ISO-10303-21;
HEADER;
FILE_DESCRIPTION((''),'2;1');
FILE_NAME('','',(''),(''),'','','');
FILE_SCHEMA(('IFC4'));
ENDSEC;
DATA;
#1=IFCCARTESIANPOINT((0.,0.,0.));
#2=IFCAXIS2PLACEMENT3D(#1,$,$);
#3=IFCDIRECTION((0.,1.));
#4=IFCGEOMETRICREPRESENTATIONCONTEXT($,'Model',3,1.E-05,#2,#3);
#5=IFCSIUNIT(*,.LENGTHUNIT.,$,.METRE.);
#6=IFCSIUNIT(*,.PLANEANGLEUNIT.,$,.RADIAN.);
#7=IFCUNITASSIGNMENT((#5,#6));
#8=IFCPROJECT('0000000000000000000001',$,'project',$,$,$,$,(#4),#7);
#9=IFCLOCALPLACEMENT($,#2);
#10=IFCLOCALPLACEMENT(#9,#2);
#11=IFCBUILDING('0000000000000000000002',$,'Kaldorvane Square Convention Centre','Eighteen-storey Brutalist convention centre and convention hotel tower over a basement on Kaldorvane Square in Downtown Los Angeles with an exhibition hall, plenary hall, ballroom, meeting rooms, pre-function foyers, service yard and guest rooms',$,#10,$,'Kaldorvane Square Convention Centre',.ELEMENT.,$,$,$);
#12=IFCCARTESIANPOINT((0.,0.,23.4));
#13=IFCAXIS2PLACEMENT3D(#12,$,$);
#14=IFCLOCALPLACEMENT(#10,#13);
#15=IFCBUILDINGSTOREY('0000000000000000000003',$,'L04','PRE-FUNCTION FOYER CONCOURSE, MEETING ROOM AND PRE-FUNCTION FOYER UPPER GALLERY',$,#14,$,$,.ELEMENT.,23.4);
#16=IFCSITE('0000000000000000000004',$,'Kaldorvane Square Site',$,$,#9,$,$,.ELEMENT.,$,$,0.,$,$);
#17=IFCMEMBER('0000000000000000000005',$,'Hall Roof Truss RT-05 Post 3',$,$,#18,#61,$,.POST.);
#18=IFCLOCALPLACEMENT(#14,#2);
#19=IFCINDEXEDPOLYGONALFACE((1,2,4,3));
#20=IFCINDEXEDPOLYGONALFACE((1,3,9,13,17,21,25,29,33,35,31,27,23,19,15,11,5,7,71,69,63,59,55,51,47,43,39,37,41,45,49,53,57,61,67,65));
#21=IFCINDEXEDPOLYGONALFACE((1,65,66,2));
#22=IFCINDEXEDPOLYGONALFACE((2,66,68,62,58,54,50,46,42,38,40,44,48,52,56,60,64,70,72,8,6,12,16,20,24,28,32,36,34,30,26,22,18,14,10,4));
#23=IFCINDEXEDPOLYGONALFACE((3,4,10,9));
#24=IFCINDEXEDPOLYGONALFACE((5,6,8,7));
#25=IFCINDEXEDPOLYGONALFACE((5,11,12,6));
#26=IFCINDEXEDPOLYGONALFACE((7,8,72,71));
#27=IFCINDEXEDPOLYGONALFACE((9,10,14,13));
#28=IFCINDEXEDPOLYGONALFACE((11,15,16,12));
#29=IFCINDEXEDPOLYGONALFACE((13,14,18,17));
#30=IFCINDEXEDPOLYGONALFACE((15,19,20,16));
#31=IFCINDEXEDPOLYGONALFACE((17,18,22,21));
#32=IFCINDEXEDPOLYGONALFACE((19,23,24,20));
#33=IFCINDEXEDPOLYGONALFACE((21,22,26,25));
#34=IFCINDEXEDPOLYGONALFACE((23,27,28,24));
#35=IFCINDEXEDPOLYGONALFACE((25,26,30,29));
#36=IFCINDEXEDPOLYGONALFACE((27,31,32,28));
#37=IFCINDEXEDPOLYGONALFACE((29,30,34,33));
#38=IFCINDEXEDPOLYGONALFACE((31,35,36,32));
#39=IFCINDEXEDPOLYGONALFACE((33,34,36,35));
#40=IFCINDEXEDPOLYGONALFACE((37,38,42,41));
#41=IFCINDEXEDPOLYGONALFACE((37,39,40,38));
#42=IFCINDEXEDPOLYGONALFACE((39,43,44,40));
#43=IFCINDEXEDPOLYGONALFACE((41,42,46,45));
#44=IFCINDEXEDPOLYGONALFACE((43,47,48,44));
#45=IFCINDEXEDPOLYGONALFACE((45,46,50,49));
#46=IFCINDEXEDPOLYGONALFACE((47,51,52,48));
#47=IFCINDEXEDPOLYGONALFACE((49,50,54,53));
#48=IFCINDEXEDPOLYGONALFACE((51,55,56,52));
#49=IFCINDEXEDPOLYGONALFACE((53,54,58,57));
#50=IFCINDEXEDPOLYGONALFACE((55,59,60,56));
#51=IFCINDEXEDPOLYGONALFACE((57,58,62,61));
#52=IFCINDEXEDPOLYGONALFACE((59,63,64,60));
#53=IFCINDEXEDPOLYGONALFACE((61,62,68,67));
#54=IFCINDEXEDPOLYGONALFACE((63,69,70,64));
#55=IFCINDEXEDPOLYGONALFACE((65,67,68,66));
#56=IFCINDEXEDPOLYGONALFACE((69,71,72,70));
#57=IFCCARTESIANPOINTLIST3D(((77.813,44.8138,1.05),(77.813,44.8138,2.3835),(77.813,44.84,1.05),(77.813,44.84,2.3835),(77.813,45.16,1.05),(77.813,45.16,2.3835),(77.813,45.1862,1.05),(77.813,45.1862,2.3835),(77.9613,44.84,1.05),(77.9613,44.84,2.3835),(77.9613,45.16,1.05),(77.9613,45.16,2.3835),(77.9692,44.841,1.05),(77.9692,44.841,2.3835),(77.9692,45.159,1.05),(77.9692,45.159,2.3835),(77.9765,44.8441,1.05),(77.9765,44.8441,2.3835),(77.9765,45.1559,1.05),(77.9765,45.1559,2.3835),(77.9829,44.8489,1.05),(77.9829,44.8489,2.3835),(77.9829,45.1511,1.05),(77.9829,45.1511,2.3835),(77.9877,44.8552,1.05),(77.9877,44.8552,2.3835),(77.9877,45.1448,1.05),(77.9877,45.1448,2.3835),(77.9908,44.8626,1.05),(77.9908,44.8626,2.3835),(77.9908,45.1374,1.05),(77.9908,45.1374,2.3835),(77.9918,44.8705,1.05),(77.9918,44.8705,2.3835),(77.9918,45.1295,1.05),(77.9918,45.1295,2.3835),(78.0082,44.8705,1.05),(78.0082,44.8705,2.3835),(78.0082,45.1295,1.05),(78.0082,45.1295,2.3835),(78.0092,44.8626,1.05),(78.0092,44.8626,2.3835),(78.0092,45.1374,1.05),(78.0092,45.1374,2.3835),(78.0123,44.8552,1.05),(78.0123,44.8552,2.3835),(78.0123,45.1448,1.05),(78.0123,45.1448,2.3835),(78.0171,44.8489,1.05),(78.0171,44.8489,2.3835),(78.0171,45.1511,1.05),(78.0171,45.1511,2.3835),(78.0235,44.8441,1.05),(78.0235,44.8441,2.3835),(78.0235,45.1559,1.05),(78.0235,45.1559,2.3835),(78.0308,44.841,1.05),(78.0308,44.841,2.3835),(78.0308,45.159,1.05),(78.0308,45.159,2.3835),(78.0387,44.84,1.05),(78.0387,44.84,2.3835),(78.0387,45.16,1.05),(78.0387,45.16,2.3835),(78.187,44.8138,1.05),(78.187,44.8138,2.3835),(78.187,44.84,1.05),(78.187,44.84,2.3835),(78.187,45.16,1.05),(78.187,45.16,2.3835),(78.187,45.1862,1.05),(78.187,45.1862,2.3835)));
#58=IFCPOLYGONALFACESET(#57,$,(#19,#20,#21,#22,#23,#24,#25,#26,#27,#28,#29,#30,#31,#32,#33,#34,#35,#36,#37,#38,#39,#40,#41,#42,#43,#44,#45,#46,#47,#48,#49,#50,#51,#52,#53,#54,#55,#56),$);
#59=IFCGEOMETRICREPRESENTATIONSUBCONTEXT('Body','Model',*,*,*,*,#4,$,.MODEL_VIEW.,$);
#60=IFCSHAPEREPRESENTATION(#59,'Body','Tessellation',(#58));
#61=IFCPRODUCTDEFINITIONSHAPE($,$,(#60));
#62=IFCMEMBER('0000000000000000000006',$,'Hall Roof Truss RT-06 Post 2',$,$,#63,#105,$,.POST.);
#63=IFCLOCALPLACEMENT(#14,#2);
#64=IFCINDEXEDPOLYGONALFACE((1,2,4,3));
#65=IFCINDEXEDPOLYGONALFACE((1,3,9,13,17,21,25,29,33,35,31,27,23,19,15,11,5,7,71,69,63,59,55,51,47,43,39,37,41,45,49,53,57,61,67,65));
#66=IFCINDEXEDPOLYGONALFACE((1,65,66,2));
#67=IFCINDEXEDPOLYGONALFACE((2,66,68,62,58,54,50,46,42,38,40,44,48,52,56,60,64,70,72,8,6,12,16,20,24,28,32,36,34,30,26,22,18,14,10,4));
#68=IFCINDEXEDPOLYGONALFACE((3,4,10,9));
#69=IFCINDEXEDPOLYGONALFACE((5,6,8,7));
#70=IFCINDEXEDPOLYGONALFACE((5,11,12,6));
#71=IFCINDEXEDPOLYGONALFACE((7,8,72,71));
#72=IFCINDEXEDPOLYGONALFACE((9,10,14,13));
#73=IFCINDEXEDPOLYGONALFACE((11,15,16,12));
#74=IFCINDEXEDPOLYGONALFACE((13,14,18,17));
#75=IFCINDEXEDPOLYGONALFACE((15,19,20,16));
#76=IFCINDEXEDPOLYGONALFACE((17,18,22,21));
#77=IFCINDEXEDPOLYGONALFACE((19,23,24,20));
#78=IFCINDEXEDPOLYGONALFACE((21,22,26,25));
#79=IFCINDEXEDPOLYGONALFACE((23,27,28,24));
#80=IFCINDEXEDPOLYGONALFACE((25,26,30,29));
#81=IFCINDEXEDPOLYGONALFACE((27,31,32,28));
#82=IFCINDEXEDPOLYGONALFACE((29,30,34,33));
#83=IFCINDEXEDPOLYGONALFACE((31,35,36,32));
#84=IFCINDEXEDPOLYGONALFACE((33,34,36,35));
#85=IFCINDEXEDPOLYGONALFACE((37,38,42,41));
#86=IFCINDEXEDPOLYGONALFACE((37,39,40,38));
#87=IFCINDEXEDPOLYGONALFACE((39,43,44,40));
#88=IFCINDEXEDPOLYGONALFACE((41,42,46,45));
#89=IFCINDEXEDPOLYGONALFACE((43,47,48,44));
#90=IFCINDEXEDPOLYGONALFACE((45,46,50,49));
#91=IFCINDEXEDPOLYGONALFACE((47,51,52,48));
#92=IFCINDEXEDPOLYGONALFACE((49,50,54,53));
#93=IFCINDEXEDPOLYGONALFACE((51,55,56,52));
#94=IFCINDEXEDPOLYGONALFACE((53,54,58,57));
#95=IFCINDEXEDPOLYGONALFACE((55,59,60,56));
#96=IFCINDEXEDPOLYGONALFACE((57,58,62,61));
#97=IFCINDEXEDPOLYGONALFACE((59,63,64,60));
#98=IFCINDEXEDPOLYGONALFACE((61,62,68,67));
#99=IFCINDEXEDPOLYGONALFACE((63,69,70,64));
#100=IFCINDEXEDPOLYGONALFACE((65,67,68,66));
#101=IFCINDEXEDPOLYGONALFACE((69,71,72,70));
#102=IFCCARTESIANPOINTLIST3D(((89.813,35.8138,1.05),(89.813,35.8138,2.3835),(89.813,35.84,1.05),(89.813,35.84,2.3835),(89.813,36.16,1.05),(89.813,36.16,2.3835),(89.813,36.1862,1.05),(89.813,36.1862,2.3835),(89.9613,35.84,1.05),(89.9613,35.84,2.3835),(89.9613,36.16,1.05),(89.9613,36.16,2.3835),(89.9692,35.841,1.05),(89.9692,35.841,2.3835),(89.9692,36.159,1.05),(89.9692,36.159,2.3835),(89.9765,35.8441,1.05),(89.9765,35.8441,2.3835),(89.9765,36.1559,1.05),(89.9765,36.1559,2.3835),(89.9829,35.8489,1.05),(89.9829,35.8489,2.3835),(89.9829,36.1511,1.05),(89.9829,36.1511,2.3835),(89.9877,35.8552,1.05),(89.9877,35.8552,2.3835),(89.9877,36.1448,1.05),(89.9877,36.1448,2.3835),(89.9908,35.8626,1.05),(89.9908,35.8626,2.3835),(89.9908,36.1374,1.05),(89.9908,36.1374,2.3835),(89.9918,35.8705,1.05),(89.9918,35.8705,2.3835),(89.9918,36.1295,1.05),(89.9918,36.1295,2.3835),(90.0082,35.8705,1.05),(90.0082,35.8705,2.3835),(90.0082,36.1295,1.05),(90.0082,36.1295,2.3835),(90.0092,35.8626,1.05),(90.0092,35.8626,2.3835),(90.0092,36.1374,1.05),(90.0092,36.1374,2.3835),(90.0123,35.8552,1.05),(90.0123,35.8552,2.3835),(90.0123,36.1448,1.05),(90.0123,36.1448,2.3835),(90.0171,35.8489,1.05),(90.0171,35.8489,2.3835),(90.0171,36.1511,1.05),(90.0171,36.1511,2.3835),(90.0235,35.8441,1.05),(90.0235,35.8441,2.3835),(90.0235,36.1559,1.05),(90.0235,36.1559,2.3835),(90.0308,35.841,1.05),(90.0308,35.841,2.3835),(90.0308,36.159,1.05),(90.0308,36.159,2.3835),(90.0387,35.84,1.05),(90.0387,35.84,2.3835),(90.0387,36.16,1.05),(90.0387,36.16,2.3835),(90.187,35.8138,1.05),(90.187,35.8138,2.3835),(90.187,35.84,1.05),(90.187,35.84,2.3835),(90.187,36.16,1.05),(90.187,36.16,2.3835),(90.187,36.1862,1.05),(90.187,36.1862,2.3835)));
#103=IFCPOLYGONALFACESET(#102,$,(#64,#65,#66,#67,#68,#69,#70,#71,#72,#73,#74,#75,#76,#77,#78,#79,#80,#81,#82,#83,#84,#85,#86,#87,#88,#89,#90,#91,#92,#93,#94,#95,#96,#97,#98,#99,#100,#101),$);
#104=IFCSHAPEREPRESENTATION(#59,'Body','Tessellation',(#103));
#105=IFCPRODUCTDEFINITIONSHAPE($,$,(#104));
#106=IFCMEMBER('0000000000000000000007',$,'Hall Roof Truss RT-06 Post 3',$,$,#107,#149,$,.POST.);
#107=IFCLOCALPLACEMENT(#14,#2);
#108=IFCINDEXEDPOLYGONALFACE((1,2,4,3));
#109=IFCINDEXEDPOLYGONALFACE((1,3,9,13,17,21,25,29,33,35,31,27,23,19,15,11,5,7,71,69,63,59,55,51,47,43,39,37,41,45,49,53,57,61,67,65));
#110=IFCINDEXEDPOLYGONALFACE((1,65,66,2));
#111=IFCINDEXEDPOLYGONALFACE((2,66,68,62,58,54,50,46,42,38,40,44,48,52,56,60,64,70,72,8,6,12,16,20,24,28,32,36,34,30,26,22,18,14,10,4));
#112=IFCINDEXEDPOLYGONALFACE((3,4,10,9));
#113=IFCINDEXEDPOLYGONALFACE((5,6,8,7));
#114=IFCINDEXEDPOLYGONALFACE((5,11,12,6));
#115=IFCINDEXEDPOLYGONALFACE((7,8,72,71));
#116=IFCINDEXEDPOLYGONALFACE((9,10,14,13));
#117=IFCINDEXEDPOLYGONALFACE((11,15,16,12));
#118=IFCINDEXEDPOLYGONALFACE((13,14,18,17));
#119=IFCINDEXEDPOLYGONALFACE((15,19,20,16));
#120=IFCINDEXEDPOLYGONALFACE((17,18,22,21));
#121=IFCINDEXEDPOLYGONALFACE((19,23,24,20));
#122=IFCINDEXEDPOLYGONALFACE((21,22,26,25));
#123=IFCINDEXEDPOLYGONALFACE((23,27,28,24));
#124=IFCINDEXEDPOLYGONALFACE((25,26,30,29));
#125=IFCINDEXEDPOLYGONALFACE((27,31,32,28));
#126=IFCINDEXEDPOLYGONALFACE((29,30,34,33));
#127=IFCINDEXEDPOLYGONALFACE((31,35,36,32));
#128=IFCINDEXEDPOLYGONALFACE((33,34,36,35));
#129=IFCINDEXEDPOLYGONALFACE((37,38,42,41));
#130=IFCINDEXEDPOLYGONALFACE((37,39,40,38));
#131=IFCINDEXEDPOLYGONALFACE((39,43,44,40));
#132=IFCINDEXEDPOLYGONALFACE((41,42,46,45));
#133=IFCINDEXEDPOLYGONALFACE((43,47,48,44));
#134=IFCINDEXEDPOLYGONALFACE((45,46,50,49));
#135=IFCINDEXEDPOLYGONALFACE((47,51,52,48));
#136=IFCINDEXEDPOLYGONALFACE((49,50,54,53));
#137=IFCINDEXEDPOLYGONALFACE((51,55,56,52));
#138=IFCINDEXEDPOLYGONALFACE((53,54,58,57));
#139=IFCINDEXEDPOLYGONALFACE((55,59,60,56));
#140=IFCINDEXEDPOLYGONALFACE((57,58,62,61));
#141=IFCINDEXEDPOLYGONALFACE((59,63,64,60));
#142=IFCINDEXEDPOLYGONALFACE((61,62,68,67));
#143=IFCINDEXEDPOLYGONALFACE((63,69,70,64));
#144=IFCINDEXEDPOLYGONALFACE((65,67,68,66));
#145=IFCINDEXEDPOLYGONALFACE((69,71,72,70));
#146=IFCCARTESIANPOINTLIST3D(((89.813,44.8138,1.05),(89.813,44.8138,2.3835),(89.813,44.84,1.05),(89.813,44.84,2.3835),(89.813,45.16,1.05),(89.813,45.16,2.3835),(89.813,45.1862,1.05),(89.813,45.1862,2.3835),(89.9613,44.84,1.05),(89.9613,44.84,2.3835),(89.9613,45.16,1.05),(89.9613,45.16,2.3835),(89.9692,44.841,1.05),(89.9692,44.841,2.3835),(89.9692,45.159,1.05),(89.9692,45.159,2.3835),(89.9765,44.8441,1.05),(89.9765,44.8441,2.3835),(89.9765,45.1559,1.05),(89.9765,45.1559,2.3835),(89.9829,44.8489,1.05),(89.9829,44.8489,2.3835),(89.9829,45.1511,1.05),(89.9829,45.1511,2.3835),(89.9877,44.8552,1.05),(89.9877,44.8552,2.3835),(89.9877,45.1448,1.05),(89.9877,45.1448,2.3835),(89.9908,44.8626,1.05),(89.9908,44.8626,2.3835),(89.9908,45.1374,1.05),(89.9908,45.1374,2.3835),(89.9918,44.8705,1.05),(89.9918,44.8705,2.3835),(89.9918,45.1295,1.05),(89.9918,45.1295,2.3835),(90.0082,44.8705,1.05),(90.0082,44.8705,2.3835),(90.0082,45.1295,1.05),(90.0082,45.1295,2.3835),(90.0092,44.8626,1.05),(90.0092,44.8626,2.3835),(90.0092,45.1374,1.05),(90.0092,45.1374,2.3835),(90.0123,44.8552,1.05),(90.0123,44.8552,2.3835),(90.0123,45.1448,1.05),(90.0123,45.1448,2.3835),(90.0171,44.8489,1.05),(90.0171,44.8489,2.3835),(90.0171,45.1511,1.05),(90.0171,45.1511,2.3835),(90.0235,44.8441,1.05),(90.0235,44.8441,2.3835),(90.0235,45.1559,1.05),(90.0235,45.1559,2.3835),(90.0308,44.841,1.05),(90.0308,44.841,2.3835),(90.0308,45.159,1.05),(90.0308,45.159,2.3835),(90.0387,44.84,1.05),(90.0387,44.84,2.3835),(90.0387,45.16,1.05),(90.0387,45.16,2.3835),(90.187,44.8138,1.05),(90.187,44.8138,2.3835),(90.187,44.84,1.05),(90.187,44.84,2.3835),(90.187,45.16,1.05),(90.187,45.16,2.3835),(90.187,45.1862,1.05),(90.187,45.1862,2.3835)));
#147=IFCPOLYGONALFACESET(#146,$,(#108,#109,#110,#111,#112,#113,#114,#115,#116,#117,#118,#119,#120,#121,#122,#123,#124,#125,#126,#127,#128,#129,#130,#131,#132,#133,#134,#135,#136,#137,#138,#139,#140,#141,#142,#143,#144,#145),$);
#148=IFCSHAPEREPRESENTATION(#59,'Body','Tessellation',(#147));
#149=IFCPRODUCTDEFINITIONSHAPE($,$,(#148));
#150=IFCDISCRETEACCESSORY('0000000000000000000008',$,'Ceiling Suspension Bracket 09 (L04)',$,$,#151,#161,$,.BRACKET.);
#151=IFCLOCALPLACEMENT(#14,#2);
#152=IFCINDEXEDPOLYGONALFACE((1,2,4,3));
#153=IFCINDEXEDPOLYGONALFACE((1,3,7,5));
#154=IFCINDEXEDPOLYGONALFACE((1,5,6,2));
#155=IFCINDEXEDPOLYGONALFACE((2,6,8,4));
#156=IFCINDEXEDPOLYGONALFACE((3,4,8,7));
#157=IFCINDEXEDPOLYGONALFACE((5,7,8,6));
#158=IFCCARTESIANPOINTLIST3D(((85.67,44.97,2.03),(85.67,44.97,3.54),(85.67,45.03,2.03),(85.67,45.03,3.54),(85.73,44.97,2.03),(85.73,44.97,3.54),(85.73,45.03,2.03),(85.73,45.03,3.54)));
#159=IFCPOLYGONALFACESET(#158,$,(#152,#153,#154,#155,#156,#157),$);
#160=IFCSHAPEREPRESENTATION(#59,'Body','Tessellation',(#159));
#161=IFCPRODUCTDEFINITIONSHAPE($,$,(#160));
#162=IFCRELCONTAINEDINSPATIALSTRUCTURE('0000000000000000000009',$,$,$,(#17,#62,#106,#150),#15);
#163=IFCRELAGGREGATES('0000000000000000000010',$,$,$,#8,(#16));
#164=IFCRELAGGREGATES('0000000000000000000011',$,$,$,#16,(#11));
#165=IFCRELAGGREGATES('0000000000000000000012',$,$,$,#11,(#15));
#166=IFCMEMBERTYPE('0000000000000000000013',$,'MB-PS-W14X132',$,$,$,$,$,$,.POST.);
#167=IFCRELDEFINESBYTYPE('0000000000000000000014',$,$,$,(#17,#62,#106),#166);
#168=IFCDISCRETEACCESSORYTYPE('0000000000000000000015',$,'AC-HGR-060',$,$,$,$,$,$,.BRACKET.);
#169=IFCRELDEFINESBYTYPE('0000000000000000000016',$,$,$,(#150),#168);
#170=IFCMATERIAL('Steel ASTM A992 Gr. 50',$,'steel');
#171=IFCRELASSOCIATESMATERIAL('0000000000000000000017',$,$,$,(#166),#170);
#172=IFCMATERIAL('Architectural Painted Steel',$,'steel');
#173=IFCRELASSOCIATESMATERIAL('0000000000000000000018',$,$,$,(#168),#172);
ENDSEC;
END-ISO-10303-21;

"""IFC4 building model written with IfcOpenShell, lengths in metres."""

from ifc_helpers import new_model, si_unit, direction, frame, origin, origin_2d, place, context, subcontext, project, spatial, rectangle, i_section, extrude, material, material_profile, profile_set, type_object, element, save


model = new_model("IFC4")

# Units and contexts
model_context = context("Model", 3, precision=1e-05, world=origin(), true_north=direction((0.0, 1.0)))
body_context = subcontext(model_context, "Body", "Model", "MODEL_VIEW")
ifc_project = project(units=[si_unit("LENGTHUNIT", "METRE"), si_unit("PLANEANGLEUNIT", "RADIAN")], contexts=[model_context])

# Site, building, storey
site_placement = place(None, origin())
site = spatial("IfcSite", under=ifc_project, at=site_placement, Name="Kaldorvane Square Site", CompositionType="ELEMENT", RefElevation=0.0)
building_placement = place(site_placement, origin())
building = spatial("IfcBuilding", under=site, at=building_placement, Name="Kaldorvane Square Convention Centre", Description="Eighteen-storey Brutalist convention centre and convention hotel tower over a basement on Kaldorvane Square in Downtown Los Angeles with an exhibition hall, plenary hall, ballroom, meeting rooms, pre-function foyers, service yard and guest rooms", LongName="Kaldorvane Square Convention Centre", CompositionType="ELEMENT")
storey_placement = place(building_placement, frame((0.0, 0.0, 23.4)))
storey = spatial("IfcBuildingStorey", under=building, at=storey_placement, Name="L04", Description="PRE-FUNCTION FOYER CONCOURSE, MEETING ROOM AND PRE-FUNCTION FOYER UPPER GALLERY", CompositionType="ELEMENT", Elevation=23.4)

# Members
ifc_material_1 = material(Name="Steel ASTM A992 Gr. 50", Category="steel")
ifc_material_profile_1 = material_profile(ifc_material_1, i_section(OverallWidth=0.374, OverallDepth=0.3724, WebThickness=0.0164, FlangeThickness=0.0262, FilletRadius=0.0305, at=origin_2d()), Name="W14X132")
ifc_profile_set_1 = profile_set([ifc_material_profile_1], Name="Steel ASTM A992 Gr. 50")
member_type_1 = type_object("IfcMemberType", Name="MB-PS-W14X132", PredefinedType="POST", material=ifc_profile_set_1)
for number, where, z_axis, x_axis, name in (
    (1, (78.0, 45.0, 1.05), (0.0, 0.0, 1.0), (1.0, 0.0, 0.0), "Hall Roof Truss RT-05 Post 3"),
    (2, (90.0, 36.0, 1.05), (0.0, 0.0, 1.0), (1.0, 0.0, 0.0), "Hall Roof Truss RT-06 Post 2"),
    (3, (90.0, 45.0, 1.05), (0.0, 0.0, 1.0), (1.0, 0.0, 0.0), "Hall Roof Truss RT-06 Post 3"),
):
    element("IfcMember", number, at=place(storey_placement, frame(where, z_axis=z_axis, x_axis=x_axis)), inside=storey, type_object=member_type_1, Name=name, PredefinedType="POST", context=body_context, shape_type="SweptSolid", body=[
        extrude(i_section(OverallWidth=0.374, OverallDepth=0.3724, WebThickness=0.0164, FlangeThickness=0.0262, FilletRadius=0.0305, at=origin_2d()), origin(), (0.0, 0.0, 1.0), 1.3335),
    ])

# Discrete accessory
ifc_material_2 = material(Name="Architectural Painted Steel", Category="steel")
discrete_accessory_type = type_object("IfcDiscreteAccessoryType", Name="AC-HGR-060", PredefinedType="BRACKET", material=ifc_material_2)
discrete_accessory_placement = place(storey_placement, frame((85.7, 45.0, 2.03), z_axis=(0.0, 0.0, 1.0), x_axis=(1.0, 0.0, 0.0)))
element("IfcDiscreteAccessory", 4, at=discrete_accessory_placement, inside=storey, type_object=discrete_accessory_type, Name="Ceiling Suspension Bracket 09 (L04)", PredefinedType="BRACKET", context=body_context, shape_type="SweptSolid", body=[
    extrude(rectangle(XDim=0.06, YDim=0.06, at=origin_2d()), origin(), (0.0, 0.0, 1.0), 1.51),
])

save(model, "model.ifc")
